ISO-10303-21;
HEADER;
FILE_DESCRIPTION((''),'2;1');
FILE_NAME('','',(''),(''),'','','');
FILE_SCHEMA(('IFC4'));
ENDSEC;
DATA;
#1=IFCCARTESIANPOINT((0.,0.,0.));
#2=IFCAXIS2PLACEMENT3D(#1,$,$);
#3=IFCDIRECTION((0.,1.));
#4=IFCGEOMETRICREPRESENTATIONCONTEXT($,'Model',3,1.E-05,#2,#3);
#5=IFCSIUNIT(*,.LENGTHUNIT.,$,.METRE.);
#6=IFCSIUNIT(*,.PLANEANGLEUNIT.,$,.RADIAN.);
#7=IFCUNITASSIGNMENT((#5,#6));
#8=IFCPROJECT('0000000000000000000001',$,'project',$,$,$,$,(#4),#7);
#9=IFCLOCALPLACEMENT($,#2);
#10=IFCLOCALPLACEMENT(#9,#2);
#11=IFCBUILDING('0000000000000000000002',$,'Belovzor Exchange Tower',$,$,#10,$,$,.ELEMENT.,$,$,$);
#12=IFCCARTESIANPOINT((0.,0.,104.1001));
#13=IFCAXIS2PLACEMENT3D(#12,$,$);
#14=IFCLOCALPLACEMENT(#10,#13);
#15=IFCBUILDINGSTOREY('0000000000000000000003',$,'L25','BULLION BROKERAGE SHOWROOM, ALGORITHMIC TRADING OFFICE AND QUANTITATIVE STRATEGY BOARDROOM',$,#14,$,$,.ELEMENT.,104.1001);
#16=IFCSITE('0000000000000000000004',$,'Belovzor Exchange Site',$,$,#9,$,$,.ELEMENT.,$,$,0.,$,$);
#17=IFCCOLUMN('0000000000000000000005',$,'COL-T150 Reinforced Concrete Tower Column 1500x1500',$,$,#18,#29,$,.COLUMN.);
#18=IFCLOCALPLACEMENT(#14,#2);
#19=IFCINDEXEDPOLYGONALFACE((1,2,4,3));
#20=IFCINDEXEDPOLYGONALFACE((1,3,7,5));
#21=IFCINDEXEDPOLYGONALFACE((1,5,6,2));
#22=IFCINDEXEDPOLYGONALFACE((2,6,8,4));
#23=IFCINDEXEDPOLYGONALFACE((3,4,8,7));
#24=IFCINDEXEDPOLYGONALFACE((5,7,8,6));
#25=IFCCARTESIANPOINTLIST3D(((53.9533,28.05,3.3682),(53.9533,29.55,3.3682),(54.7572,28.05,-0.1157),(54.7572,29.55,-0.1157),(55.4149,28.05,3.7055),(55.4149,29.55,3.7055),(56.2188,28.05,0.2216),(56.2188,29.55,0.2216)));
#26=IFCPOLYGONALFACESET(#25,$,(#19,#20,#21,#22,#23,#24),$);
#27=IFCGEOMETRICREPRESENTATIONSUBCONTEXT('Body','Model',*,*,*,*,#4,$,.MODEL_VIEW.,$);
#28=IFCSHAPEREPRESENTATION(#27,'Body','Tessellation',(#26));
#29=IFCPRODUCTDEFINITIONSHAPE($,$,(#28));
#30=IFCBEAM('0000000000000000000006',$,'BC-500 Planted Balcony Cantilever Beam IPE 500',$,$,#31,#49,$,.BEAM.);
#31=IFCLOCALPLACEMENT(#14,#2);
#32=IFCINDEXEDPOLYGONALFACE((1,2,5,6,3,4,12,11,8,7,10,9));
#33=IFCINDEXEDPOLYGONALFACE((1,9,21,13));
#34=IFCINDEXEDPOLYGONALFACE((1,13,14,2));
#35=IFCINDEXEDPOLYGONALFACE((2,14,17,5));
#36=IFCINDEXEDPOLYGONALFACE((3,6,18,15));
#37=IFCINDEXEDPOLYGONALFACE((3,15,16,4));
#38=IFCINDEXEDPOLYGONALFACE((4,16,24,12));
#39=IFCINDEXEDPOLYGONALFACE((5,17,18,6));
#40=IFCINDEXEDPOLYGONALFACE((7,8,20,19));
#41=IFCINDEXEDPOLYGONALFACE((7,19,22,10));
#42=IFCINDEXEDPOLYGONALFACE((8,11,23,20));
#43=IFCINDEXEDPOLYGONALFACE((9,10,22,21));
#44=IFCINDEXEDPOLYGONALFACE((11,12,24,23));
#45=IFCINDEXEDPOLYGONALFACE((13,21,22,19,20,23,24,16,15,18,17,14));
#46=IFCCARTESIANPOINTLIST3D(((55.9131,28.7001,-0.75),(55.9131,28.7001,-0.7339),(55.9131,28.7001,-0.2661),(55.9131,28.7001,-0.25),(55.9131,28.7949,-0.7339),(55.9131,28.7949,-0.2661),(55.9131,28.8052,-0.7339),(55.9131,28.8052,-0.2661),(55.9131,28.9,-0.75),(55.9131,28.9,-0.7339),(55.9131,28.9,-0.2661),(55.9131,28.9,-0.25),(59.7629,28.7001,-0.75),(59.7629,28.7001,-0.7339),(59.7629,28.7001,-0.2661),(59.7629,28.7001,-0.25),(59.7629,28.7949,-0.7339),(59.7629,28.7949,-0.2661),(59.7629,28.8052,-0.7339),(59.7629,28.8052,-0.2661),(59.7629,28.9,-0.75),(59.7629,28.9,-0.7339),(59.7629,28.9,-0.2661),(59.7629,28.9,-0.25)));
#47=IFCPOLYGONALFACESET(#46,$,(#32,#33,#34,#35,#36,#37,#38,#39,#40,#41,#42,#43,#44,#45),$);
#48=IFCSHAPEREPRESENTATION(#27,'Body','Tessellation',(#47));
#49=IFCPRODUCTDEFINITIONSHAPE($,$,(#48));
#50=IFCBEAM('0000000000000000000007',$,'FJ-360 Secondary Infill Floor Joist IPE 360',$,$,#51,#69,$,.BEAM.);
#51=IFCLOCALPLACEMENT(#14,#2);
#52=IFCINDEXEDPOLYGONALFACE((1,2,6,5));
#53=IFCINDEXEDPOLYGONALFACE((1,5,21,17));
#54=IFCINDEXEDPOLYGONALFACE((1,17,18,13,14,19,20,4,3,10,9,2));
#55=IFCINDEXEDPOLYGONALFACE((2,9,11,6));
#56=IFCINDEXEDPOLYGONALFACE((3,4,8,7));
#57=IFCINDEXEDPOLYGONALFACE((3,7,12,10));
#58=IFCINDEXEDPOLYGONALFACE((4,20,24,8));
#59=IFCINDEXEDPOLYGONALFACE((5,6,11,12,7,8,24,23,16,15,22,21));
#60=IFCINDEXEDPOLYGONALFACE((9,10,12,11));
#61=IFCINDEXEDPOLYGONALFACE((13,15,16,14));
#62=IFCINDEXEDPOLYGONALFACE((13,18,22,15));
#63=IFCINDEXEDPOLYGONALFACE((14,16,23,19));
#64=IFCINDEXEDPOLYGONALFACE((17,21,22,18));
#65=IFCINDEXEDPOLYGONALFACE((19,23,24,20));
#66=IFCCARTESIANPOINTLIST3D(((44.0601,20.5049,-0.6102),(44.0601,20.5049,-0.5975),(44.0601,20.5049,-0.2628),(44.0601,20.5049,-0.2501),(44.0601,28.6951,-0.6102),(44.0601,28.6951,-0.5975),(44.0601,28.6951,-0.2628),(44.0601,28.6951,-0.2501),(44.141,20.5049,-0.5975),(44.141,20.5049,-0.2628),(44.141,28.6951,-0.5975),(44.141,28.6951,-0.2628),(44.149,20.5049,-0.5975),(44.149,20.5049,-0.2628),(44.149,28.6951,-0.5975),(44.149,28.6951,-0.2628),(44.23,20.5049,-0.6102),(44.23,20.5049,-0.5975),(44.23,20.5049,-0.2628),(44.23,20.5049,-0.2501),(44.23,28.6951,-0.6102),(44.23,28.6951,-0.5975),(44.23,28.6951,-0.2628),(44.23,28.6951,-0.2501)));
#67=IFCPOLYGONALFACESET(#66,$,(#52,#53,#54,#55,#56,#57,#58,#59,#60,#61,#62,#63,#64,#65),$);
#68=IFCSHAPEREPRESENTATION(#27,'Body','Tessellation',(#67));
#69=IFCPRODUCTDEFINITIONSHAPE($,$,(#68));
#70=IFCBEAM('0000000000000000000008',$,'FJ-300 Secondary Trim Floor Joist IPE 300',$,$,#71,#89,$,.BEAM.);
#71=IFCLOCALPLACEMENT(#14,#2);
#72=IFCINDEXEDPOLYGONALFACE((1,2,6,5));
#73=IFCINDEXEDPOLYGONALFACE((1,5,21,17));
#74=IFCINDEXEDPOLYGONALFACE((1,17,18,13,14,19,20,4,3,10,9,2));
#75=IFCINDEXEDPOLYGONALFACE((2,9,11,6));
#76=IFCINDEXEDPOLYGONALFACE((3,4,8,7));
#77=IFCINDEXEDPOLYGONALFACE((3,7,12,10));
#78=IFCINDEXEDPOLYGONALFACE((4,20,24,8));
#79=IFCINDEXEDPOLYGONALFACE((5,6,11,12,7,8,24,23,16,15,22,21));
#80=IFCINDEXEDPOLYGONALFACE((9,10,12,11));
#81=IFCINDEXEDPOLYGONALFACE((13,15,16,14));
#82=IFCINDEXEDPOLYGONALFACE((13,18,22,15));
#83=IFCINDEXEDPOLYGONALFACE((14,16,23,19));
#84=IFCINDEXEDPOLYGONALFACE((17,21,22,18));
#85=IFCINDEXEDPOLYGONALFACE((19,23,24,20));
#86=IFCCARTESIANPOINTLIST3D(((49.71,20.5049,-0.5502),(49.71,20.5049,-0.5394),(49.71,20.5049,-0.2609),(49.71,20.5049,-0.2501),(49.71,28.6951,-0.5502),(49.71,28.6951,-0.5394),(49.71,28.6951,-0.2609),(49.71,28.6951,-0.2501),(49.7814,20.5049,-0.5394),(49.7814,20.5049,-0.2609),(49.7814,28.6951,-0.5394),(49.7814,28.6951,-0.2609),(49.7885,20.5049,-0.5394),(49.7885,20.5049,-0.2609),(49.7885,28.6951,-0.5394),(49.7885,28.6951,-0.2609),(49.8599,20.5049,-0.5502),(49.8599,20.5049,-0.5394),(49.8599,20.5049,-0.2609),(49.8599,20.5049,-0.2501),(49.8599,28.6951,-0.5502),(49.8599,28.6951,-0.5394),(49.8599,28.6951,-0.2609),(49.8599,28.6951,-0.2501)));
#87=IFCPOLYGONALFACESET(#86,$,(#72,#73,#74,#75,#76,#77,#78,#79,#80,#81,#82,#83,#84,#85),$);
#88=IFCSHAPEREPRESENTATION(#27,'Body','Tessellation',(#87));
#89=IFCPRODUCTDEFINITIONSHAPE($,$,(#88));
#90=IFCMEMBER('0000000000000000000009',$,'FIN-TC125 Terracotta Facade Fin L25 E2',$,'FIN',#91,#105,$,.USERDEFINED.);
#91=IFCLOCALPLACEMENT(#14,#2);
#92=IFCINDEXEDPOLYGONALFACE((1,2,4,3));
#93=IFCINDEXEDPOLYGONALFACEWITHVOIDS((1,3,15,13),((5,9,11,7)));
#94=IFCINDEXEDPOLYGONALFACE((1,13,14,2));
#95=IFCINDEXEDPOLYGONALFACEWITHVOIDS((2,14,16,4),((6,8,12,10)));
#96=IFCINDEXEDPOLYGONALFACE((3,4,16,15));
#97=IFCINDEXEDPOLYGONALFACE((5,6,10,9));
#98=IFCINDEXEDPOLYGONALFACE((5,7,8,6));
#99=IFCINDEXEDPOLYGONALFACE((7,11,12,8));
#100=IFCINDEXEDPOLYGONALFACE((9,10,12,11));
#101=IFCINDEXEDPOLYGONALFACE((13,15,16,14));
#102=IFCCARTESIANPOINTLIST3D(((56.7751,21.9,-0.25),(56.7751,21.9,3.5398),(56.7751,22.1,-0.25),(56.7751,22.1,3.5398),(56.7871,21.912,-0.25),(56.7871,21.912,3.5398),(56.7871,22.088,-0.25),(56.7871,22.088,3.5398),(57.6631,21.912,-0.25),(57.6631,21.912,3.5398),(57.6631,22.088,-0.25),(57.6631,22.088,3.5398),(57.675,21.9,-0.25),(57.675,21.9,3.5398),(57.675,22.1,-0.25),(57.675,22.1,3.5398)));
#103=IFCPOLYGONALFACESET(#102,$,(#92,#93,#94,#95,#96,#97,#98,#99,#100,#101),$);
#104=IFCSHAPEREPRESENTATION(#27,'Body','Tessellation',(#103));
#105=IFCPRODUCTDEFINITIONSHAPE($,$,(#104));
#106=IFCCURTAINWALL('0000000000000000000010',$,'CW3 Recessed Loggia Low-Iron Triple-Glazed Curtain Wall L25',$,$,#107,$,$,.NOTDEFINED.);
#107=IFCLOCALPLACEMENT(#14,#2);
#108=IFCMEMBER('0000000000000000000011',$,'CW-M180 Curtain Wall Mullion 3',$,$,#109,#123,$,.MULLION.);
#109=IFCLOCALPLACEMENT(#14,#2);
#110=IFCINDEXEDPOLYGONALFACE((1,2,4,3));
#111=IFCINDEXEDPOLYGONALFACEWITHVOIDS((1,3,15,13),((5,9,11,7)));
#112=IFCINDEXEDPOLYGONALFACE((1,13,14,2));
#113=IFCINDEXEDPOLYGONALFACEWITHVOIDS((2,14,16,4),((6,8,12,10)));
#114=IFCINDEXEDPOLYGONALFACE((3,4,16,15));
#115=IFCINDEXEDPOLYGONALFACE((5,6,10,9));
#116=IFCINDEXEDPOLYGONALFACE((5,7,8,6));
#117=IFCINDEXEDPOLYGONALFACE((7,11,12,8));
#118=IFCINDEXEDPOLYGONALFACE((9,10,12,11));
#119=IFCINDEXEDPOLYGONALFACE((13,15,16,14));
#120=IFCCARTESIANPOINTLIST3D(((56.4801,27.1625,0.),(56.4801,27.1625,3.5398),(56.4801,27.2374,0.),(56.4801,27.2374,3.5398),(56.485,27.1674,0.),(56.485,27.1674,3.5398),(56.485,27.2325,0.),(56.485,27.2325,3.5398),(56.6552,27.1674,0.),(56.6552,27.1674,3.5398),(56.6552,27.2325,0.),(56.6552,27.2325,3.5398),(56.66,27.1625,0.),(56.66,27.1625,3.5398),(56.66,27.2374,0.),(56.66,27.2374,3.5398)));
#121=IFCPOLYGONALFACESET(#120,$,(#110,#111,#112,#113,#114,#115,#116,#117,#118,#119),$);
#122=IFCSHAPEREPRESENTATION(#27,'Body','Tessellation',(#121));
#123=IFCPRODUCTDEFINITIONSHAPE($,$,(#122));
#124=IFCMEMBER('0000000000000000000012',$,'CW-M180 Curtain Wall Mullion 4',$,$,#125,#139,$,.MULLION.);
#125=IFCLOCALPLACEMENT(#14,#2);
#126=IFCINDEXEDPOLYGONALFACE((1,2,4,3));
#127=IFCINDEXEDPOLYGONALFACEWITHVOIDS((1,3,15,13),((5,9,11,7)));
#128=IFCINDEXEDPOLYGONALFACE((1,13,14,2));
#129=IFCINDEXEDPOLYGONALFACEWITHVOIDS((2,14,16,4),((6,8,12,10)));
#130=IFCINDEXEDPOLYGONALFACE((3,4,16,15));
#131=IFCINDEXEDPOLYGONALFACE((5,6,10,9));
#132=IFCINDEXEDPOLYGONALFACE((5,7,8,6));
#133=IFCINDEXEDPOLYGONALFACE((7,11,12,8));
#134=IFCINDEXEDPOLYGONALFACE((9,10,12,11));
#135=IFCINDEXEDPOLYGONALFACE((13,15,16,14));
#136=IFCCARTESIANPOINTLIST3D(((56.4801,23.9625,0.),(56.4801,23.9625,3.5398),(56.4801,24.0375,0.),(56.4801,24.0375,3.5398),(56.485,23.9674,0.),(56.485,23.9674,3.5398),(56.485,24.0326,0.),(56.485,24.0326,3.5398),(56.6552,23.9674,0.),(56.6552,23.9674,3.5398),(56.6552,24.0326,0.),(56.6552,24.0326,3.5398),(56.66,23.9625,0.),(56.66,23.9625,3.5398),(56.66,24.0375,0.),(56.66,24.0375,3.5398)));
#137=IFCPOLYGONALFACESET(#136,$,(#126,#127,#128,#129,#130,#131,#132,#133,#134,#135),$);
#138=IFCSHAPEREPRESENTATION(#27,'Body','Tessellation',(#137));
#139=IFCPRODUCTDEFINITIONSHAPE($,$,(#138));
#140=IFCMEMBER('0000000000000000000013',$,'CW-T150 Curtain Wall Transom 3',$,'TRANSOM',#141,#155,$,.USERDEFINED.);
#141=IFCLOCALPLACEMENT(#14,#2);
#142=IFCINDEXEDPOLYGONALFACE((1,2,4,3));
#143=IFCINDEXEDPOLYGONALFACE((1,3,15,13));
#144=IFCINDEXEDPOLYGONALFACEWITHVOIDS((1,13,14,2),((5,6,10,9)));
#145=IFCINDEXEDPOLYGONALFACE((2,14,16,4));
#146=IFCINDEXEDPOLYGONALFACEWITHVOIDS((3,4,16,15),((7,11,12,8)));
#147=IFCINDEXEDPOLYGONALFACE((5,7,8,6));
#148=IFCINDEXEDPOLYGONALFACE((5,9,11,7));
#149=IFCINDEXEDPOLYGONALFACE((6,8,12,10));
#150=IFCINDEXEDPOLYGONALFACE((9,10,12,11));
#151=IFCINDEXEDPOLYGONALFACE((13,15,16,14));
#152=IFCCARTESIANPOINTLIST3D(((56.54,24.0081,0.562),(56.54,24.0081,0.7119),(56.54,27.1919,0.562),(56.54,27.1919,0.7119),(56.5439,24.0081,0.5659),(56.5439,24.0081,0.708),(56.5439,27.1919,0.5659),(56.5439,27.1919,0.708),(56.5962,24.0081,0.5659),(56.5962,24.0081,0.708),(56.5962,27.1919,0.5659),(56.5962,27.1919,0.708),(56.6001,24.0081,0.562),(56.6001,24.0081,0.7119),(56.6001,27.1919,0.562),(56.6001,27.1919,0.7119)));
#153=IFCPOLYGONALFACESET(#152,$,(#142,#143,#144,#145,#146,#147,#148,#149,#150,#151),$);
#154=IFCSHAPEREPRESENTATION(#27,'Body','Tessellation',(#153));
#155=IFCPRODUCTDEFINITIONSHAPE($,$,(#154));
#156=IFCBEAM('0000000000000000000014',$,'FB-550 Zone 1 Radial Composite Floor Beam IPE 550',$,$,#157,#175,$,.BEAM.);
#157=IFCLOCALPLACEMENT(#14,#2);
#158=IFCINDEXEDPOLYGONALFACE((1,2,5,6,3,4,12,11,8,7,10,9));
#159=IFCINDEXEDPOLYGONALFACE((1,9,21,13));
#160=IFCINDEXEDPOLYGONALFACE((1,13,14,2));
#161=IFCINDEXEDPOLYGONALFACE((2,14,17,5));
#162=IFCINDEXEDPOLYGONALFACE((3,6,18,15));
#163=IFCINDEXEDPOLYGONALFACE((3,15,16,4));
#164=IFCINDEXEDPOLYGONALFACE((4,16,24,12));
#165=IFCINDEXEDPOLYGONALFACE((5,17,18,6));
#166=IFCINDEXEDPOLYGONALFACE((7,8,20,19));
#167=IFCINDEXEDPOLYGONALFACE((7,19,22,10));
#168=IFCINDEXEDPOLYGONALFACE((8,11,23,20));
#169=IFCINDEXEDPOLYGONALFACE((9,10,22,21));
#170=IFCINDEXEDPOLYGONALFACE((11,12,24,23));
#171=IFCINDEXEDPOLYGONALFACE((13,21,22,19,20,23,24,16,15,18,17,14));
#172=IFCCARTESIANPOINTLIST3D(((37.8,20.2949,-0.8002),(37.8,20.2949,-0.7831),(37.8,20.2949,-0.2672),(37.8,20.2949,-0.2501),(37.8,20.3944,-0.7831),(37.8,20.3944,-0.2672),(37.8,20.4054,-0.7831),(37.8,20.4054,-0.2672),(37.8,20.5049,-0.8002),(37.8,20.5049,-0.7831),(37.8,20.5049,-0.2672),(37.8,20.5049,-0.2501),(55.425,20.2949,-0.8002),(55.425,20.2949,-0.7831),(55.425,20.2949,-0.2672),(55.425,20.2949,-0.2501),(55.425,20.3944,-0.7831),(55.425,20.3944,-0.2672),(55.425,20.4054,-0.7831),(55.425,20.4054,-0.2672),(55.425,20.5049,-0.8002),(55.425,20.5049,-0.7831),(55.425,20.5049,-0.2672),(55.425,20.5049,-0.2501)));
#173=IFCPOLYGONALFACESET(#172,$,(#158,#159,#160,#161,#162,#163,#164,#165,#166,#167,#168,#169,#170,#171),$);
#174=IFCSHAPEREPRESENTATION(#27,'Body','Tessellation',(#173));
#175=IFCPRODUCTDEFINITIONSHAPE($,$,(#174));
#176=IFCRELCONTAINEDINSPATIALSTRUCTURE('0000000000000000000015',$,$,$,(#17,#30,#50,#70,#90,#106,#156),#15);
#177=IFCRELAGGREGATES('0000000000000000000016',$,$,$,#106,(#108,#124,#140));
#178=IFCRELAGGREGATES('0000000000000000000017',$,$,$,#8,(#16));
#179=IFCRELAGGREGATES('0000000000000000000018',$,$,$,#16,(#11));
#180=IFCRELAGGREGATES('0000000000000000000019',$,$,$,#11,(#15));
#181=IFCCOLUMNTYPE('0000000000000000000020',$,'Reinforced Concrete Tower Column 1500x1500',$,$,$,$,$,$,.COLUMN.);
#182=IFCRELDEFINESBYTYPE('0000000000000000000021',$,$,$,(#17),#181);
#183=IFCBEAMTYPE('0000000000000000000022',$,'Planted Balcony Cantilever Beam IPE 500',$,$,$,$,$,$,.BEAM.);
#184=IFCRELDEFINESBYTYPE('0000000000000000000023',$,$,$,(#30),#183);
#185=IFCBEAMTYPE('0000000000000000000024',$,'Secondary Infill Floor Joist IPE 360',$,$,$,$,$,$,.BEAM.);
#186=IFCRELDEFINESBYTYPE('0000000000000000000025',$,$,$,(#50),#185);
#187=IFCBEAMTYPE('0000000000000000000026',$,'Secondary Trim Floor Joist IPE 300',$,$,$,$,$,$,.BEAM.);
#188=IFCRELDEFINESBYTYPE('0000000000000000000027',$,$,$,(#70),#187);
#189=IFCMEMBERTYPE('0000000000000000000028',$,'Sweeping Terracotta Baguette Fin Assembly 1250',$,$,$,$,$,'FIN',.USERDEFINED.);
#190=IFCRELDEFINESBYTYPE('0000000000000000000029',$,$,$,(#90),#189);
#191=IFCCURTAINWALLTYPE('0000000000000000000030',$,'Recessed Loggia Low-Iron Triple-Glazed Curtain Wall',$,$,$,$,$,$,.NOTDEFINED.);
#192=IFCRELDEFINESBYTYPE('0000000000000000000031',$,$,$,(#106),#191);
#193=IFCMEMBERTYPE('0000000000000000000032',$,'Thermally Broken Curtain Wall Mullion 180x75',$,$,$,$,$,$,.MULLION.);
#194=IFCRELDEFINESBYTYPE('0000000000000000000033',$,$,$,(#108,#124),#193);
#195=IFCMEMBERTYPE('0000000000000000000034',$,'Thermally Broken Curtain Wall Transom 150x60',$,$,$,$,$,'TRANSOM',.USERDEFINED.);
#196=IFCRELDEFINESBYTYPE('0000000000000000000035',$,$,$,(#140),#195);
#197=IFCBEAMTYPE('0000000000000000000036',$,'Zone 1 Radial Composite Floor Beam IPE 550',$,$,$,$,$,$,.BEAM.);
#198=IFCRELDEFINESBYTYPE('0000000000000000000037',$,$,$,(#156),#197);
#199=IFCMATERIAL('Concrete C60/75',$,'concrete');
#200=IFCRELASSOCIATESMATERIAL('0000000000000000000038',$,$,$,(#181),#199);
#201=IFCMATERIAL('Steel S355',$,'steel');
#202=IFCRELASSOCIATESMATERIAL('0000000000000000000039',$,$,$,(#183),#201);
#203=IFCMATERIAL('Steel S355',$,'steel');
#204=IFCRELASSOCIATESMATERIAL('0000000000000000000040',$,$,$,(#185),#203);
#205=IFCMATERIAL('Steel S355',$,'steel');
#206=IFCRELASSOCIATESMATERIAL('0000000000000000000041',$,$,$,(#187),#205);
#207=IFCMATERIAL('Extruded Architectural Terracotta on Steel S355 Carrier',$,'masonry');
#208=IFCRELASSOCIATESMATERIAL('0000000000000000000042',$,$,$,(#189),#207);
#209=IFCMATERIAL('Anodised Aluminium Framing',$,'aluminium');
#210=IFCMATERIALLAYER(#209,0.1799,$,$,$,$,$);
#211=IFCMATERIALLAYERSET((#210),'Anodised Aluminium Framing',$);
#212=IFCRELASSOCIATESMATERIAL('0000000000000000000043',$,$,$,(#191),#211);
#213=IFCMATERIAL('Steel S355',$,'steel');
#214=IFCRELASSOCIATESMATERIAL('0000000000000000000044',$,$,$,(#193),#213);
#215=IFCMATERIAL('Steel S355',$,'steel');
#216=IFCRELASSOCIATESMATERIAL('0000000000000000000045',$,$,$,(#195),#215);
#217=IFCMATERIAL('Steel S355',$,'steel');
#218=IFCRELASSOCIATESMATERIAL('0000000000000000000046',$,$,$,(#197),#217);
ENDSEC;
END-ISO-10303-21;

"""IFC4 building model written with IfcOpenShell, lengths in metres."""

from ifc_helpers import new_model, si_unit, direction, frame, origin, origin_2d, place, context, subcontext, project, spatial, rectangle, hollow_rectangle, i_section, extrude, material, layer, layer_set, material_profile, profile_set, type_object, element, aggregate, save


model = new_model("IFC4")

# Units and contexts
model_context = context("Model", 3, precision=1e-05, world=origin(), true_north=direction((0.0, 1.0)))
body_context = subcontext(model_context, "Body", "Model", "MODEL_VIEW")
ifc_project = project(units=[si_unit("LENGTHUNIT", "METRE"), si_unit("PLANEANGLEUNIT", "RADIAN")], contexts=[model_context])

# Site, building, storey
site_placement = place(None, origin())
site = spatial("IfcSite", under=ifc_project, at=site_placement, Name="Belovzor Exchange Site", CompositionType="ELEMENT", RefElevation=0.0)
building_placement = place(site_placement, origin())
building = spatial("IfcBuilding", under=site, at=building_placement, Name="Belovzor Exchange Tower", CompositionType="ELEMENT")
storey_placement = place(building_placement, frame((0.0, 0.0, 104.1001)))
storey = spatial("IfcBuildingStorey", under=building, at=storey_placement, Name="L25", Description="BULLION BROKERAGE SHOWROOM, ALGORITHMIC TRADING OFFICE AND QUANTITATIVE STRATEGY BOARDROOM", CompositionType="ELEMENT", Elevation=104.1001)

# Column
ifc_material_1 = material(Name="Concrete C60/75", Category="concrete")
ifc_material_profile_1 = material_profile(ifc_material_1, rectangle(XDim=1.5, YDim=1.5, at=origin_2d()))
ifc_profile_set_1 = profile_set([ifc_material_profile_1], Name="Concrete C60/75")
column_type = type_object("IfcColumnType", Name="Reinforced Concrete Tower Column 1500x1500", PredefinedType="COLUMN", material=ifc_profile_set_1)
column_placement = place(storey_placement, frame((55.488, 28.8, 0.053), z_axis=(-0.224855, 0.0, 0.974392), x_axis=(0.0, -1.0, 0.0)))
element("IfcColumn", 1, at=column_placement, inside=storey, type_object=column_type, Name="COL-T150 Reinforced Concrete Tower Column 1500x1500", PredefinedType="COLUMN", context=body_context, shape_type="SweptSolid", body=[
    extrude(rectangle(XDim=1.5, YDim=1.5, at=origin_2d()), origin(), (0.0, 0.0, 1.0), 3.5754),
])

# Beams
ifc_material_2 = material(Name="Steel S355", Category="steel")
ifc_material_profile_2 = material_profile(ifc_material_2, i_section(OverallWidth=0.2, OverallDepth=0.5, WebThickness=0.0103, FlangeThickness=0.0161, at=origin_2d()))
ifc_profile_set_2 = profile_set([ifc_material_profile_2], Name="Steel S355")
beam_type_1 = type_object("IfcBeamType", Name="Planted Balcony Cantilever Beam IPE 500", PredefinedType="BEAM", material=ifc_profile_set_2)
beam_1_placement = place(storey_placement, frame((55.9131, 28.8, -0.5), z_axis=(1.0, 0.0, 0.0), x_axis=(0.0, 1.0, 0.0)))
element("IfcBeam", 2, at=beam_1_placement, inside=storey, type_object=beam_type_1, Name="BC-500 Planted Balcony Cantilever Beam IPE 500", PredefinedType="BEAM", context=body_context, shape_type="SweptSolid", body=[
    extrude(i_section(OverallWidth=0.2, OverallDepth=0.5, WebThickness=0.0103, FlangeThickness=0.0161, at=origin_2d()), origin(), (0.0, 0.0, 1.0), 3.8499),
])
ifc_material_3 = material(Name="Steel S355", Category="steel")
ifc_material_profile_3 = material_profile(ifc_material_3, i_section(OverallWidth=0.1699, OverallDepth=0.3601, WebThickness=0.0081, FlangeThickness=0.0127, at=origin_2d()))
ifc_profile_set_3 = profile_set([ifc_material_profile_3], Name="Steel S355")
beam_type_2 = type_object("IfcBeamType", Name="Secondary Infill Floor Joist IPE 360", PredefinedType="BEAM", material=ifc_profile_set_3)
beam_2_placement = place(storey_placement, frame((44.145, 20.5049, -0.4302), z_axis=(0.0, 1.0, 0.0), x_axis=(-1.0, 0.0, 0.0)))
element("IfcBeam", 3, at=beam_2_placement, inside=storey, type_object=beam_type_2, Name="FJ-360 Secondary Infill Floor Joist IPE 360", PredefinedType="BEAM", context=body_context, shape_type="SweptSolid", body=[
    extrude(i_section(OverallWidth=0.1699, OverallDepth=0.3601, WebThickness=0.0081, FlangeThickness=0.0127, at=origin_2d()), origin(), (0.0, 0.0, 1.0), 8.1902),
])
ifc_material_4 = material(Name="Steel S355", Category="steel")
ifc_material_profile_4 = material_profile(ifc_material_4, i_section(OverallWidth=0.1499, OverallDepth=0.3, WebThickness=0.0071, FlangeThickness=0.0107, at=origin_2d()))
ifc_profile_set_4 = profile_set([ifc_material_profile_4], Name="Steel S355")
beam_type_3 = type_object("IfcBeamType", Name="Secondary Trim Floor Joist IPE 300", PredefinedType="BEAM", material=ifc_profile_set_4)
beam_3_placement = place(storey_placement, frame((49.7849, 20.5049, -0.4001), z_axis=(0.0, 1.0, 0.0), x_axis=(-1.0, 0.0, 0.0)))
element("IfcBeam", 4, at=beam_3_placement, inside=storey, type_object=beam_type_3, Name="FJ-300 Secondary Trim Floor Joist IPE 300", PredefinedType="BEAM", context=body_context, shape_type="SweptSolid", body=[
    extrude(i_section(OverallWidth=0.1499, OverallDepth=0.3, WebThickness=0.0071, FlangeThickness=0.0107, at=origin_2d()), origin(), (0.0, 0.0, 1.0), 8.1902),
])

# Member
ifc_material_5 = material(Name="Extruded Architectural Terracotta on Steel S355 Carrier", Category="masonry")
ifc_material_profile_5 = material_profile(ifc_material_5, hollow_rectangle(XDim=0.2, YDim=0.8999, WallThickness=0.012, at=origin_2d()))
ifc_profile_set_5 = profile_set([ifc_material_profile_5], Name="Extruded Architectural Terracotta on Steel S355 Carrier")
member_type_1 = type_object("IfcMemberType", Name="Sweeping Terracotta Baguette Fin Assembly 1250", ElementType="FIN", PredefinedType="USERDEFINED", material=ifc_profile_set_5)
member_1_placement = place(storey_placement, frame((57.2251, 22.0, -0.25), z_axis=(0.0, 0.0, 1.0), x_axis=(0.0, 1.0, 0.0)))
element("IfcMember", 5, at=member_1_placement, inside=storey, type_object=member_type_1, Name="FIN-TC125 Terracotta Facade Fin L25 E2", ObjectType="FIN", PredefinedType="USERDEFINED", context=body_context, shape_type="SweptSolid", body=[
    extrude(hollow_rectangle(XDim=0.2, YDim=0.8999, WallThickness=0.012, at=origin_2d()), origin(), (0.0, 0.0, 1.0), 3.7898),
])

# Curtain wall, members
ifc_material_6 = material(Name="Anodised Aluminium Framing", Category="aluminium")
ifc_layer_1 = layer(ifc_material_6, 0.1799)
ifc_layer_set_1 = layer_set([ifc_layer_1], Name="Anodised Aluminium Framing")
curtain_wall_type = type_object("IfcCurtainWallType", Name="Recessed Loggia Low-Iron Triple-Glazed Curtain Wall", PredefinedType="NOTDEFINED", material=ifc_layer_set_1)
curtain_wall_placement = place(storey_placement, origin())
curtain_wall = element("IfcCurtainWall", 6, at=curtain_wall_placement, inside=storey, type_object=curtain_wall_type, Name="CW3 Recessed Loggia Low-Iron Triple-Glazed Curtain Wall L25", PredefinedType="NOTDEFINED")
ifc_material_7 = material(Name="Steel S355", Category="steel")
ifc_material_profile_6 = material_profile(ifc_material_7, hollow_rectangle(XDim=0.075, YDim=0.1799, WallThickness=0.0049, at=origin_2d()))
ifc_profile_set_6 = profile_set([ifc_material_profile_6], Name="Steel S355")
member_type_2 = type_object("IfcMemberType", Name="Thermally Broken Curtain Wall Mullion 180x75", PredefinedType="MULLION", material=ifc_profile_set_6)
member_2_placement = place(storey_placement, frame((56.5701, 27.2, 0.0), z_axis=(0.0, 0.0, 1.0), x_axis=(0.0, -1.0, 0.0)))
member_2 = element("IfcMember", 7, at=member_2_placement, type_object=member_type_2, Name="CW-M180 Curtain Wall Mullion 3", PredefinedType="MULLION", context=body_context, shape_type="SweptSolid", body=[
    extrude(hollow_rectangle(XDim=0.075, YDim=0.1799, WallThickness=0.0049, at=origin_2d()), origin(), (0.0, 0.0, 1.0), 3.5398),
])
member_3_placement = place(storey_placement, frame((56.5701, 24.0, 0.0), z_axis=(0.0, 0.0, 1.0), x_axis=(0.0, -1.0, 0.0)))
member_3 = element("IfcMember", 8, at=member_3_placement, type_object=member_type_2, Name="CW-M180 Curtain Wall Mullion 4", PredefinedType="MULLION", context=body_context, shape_type="SweptSolid", body=[
    extrude(hollow_rectangle(XDim=0.075, YDim=0.1799, WallThickness=0.0049, at=origin_2d()), origin(), (0.0, 0.0, 1.0), 3.5398),
])
ifc_material_8 = material(Name="Steel S355", Category="steel")
ifc_material_profile_7 = material_profile(ifc_material_8, hollow_rectangle(XDim=0.0601, YDim=0.1499, WallThickness=0.0039, at=origin_2d()))
ifc_profile_set_7 = profile_set([ifc_material_profile_7], Name="Steel S355")
member_type_3 = type_object("IfcMemberType", Name="Thermally Broken Curtain Wall Transom 150x60", ElementType="TRANSOM", PredefinedType="USERDEFINED", material=ifc_profile_set_7)
member_4_placement = place(storey_placement, frame((56.5701, 27.1919, 0.637), z_axis=(0.0, -1.0, 0.0), x_axis=(1.0, 0.0, 0.0)))
member_4 = element("IfcMember", 9, at=member_4_placement, type_object=member_type_3, Name="CW-T150 Curtain Wall Transom 3", ObjectType="TRANSOM", PredefinedType="USERDEFINED", context=body_context, shape_type="SweptSolid", body=[
    extrude(hollow_rectangle(XDim=0.0601, YDim=0.1499, WallThickness=0.0039, at=origin_2d()), origin(), (0.0, 0.0, 1.0), 3.1838),
])

# Beam
ifc_material_9 = material(Name="Steel S355", Category="steel")
ifc_material_profile_8 = material_profile(ifc_material_9, i_section(OverallWidth=0.21, OverallDepth=0.55, WebThickness=0.011, FlangeThickness=0.0171, at=origin_2d()))
ifc_profile_set_8 = profile_set([ifc_material_profile_8], Name="Steel S355")
beam_type_4 = type_object("IfcBeamType", Name="Zone 1 Radial Composite Floor Beam IPE 550", PredefinedType="BEAM", material=ifc_profile_set_8)
beam_4_placement = place(storey_placement, frame((37.8, 20.3999, -0.5251), z_axis=(1.0, 0.0, 0.0), x_axis=(0.0, 1.0, 0.0)))
element("IfcBeam", 10, at=beam_4_placement, inside=storey, type_object=beam_type_4, Name="FB-550 Zone 1 Radial Composite Floor Beam IPE 550", PredefinedType="BEAM", context=body_context, shape_type="SweptSolid", body=[
    extrude(i_section(OverallWidth=0.21, OverallDepth=0.55, WebThickness=0.011, FlangeThickness=0.0171, at=origin_2d()), origin(), (0.0, 0.0, 1.0), 17.625),
])

aggregate(curtain_wall, [member_2, member_3, member_4])

save(model, "model.ifc")
